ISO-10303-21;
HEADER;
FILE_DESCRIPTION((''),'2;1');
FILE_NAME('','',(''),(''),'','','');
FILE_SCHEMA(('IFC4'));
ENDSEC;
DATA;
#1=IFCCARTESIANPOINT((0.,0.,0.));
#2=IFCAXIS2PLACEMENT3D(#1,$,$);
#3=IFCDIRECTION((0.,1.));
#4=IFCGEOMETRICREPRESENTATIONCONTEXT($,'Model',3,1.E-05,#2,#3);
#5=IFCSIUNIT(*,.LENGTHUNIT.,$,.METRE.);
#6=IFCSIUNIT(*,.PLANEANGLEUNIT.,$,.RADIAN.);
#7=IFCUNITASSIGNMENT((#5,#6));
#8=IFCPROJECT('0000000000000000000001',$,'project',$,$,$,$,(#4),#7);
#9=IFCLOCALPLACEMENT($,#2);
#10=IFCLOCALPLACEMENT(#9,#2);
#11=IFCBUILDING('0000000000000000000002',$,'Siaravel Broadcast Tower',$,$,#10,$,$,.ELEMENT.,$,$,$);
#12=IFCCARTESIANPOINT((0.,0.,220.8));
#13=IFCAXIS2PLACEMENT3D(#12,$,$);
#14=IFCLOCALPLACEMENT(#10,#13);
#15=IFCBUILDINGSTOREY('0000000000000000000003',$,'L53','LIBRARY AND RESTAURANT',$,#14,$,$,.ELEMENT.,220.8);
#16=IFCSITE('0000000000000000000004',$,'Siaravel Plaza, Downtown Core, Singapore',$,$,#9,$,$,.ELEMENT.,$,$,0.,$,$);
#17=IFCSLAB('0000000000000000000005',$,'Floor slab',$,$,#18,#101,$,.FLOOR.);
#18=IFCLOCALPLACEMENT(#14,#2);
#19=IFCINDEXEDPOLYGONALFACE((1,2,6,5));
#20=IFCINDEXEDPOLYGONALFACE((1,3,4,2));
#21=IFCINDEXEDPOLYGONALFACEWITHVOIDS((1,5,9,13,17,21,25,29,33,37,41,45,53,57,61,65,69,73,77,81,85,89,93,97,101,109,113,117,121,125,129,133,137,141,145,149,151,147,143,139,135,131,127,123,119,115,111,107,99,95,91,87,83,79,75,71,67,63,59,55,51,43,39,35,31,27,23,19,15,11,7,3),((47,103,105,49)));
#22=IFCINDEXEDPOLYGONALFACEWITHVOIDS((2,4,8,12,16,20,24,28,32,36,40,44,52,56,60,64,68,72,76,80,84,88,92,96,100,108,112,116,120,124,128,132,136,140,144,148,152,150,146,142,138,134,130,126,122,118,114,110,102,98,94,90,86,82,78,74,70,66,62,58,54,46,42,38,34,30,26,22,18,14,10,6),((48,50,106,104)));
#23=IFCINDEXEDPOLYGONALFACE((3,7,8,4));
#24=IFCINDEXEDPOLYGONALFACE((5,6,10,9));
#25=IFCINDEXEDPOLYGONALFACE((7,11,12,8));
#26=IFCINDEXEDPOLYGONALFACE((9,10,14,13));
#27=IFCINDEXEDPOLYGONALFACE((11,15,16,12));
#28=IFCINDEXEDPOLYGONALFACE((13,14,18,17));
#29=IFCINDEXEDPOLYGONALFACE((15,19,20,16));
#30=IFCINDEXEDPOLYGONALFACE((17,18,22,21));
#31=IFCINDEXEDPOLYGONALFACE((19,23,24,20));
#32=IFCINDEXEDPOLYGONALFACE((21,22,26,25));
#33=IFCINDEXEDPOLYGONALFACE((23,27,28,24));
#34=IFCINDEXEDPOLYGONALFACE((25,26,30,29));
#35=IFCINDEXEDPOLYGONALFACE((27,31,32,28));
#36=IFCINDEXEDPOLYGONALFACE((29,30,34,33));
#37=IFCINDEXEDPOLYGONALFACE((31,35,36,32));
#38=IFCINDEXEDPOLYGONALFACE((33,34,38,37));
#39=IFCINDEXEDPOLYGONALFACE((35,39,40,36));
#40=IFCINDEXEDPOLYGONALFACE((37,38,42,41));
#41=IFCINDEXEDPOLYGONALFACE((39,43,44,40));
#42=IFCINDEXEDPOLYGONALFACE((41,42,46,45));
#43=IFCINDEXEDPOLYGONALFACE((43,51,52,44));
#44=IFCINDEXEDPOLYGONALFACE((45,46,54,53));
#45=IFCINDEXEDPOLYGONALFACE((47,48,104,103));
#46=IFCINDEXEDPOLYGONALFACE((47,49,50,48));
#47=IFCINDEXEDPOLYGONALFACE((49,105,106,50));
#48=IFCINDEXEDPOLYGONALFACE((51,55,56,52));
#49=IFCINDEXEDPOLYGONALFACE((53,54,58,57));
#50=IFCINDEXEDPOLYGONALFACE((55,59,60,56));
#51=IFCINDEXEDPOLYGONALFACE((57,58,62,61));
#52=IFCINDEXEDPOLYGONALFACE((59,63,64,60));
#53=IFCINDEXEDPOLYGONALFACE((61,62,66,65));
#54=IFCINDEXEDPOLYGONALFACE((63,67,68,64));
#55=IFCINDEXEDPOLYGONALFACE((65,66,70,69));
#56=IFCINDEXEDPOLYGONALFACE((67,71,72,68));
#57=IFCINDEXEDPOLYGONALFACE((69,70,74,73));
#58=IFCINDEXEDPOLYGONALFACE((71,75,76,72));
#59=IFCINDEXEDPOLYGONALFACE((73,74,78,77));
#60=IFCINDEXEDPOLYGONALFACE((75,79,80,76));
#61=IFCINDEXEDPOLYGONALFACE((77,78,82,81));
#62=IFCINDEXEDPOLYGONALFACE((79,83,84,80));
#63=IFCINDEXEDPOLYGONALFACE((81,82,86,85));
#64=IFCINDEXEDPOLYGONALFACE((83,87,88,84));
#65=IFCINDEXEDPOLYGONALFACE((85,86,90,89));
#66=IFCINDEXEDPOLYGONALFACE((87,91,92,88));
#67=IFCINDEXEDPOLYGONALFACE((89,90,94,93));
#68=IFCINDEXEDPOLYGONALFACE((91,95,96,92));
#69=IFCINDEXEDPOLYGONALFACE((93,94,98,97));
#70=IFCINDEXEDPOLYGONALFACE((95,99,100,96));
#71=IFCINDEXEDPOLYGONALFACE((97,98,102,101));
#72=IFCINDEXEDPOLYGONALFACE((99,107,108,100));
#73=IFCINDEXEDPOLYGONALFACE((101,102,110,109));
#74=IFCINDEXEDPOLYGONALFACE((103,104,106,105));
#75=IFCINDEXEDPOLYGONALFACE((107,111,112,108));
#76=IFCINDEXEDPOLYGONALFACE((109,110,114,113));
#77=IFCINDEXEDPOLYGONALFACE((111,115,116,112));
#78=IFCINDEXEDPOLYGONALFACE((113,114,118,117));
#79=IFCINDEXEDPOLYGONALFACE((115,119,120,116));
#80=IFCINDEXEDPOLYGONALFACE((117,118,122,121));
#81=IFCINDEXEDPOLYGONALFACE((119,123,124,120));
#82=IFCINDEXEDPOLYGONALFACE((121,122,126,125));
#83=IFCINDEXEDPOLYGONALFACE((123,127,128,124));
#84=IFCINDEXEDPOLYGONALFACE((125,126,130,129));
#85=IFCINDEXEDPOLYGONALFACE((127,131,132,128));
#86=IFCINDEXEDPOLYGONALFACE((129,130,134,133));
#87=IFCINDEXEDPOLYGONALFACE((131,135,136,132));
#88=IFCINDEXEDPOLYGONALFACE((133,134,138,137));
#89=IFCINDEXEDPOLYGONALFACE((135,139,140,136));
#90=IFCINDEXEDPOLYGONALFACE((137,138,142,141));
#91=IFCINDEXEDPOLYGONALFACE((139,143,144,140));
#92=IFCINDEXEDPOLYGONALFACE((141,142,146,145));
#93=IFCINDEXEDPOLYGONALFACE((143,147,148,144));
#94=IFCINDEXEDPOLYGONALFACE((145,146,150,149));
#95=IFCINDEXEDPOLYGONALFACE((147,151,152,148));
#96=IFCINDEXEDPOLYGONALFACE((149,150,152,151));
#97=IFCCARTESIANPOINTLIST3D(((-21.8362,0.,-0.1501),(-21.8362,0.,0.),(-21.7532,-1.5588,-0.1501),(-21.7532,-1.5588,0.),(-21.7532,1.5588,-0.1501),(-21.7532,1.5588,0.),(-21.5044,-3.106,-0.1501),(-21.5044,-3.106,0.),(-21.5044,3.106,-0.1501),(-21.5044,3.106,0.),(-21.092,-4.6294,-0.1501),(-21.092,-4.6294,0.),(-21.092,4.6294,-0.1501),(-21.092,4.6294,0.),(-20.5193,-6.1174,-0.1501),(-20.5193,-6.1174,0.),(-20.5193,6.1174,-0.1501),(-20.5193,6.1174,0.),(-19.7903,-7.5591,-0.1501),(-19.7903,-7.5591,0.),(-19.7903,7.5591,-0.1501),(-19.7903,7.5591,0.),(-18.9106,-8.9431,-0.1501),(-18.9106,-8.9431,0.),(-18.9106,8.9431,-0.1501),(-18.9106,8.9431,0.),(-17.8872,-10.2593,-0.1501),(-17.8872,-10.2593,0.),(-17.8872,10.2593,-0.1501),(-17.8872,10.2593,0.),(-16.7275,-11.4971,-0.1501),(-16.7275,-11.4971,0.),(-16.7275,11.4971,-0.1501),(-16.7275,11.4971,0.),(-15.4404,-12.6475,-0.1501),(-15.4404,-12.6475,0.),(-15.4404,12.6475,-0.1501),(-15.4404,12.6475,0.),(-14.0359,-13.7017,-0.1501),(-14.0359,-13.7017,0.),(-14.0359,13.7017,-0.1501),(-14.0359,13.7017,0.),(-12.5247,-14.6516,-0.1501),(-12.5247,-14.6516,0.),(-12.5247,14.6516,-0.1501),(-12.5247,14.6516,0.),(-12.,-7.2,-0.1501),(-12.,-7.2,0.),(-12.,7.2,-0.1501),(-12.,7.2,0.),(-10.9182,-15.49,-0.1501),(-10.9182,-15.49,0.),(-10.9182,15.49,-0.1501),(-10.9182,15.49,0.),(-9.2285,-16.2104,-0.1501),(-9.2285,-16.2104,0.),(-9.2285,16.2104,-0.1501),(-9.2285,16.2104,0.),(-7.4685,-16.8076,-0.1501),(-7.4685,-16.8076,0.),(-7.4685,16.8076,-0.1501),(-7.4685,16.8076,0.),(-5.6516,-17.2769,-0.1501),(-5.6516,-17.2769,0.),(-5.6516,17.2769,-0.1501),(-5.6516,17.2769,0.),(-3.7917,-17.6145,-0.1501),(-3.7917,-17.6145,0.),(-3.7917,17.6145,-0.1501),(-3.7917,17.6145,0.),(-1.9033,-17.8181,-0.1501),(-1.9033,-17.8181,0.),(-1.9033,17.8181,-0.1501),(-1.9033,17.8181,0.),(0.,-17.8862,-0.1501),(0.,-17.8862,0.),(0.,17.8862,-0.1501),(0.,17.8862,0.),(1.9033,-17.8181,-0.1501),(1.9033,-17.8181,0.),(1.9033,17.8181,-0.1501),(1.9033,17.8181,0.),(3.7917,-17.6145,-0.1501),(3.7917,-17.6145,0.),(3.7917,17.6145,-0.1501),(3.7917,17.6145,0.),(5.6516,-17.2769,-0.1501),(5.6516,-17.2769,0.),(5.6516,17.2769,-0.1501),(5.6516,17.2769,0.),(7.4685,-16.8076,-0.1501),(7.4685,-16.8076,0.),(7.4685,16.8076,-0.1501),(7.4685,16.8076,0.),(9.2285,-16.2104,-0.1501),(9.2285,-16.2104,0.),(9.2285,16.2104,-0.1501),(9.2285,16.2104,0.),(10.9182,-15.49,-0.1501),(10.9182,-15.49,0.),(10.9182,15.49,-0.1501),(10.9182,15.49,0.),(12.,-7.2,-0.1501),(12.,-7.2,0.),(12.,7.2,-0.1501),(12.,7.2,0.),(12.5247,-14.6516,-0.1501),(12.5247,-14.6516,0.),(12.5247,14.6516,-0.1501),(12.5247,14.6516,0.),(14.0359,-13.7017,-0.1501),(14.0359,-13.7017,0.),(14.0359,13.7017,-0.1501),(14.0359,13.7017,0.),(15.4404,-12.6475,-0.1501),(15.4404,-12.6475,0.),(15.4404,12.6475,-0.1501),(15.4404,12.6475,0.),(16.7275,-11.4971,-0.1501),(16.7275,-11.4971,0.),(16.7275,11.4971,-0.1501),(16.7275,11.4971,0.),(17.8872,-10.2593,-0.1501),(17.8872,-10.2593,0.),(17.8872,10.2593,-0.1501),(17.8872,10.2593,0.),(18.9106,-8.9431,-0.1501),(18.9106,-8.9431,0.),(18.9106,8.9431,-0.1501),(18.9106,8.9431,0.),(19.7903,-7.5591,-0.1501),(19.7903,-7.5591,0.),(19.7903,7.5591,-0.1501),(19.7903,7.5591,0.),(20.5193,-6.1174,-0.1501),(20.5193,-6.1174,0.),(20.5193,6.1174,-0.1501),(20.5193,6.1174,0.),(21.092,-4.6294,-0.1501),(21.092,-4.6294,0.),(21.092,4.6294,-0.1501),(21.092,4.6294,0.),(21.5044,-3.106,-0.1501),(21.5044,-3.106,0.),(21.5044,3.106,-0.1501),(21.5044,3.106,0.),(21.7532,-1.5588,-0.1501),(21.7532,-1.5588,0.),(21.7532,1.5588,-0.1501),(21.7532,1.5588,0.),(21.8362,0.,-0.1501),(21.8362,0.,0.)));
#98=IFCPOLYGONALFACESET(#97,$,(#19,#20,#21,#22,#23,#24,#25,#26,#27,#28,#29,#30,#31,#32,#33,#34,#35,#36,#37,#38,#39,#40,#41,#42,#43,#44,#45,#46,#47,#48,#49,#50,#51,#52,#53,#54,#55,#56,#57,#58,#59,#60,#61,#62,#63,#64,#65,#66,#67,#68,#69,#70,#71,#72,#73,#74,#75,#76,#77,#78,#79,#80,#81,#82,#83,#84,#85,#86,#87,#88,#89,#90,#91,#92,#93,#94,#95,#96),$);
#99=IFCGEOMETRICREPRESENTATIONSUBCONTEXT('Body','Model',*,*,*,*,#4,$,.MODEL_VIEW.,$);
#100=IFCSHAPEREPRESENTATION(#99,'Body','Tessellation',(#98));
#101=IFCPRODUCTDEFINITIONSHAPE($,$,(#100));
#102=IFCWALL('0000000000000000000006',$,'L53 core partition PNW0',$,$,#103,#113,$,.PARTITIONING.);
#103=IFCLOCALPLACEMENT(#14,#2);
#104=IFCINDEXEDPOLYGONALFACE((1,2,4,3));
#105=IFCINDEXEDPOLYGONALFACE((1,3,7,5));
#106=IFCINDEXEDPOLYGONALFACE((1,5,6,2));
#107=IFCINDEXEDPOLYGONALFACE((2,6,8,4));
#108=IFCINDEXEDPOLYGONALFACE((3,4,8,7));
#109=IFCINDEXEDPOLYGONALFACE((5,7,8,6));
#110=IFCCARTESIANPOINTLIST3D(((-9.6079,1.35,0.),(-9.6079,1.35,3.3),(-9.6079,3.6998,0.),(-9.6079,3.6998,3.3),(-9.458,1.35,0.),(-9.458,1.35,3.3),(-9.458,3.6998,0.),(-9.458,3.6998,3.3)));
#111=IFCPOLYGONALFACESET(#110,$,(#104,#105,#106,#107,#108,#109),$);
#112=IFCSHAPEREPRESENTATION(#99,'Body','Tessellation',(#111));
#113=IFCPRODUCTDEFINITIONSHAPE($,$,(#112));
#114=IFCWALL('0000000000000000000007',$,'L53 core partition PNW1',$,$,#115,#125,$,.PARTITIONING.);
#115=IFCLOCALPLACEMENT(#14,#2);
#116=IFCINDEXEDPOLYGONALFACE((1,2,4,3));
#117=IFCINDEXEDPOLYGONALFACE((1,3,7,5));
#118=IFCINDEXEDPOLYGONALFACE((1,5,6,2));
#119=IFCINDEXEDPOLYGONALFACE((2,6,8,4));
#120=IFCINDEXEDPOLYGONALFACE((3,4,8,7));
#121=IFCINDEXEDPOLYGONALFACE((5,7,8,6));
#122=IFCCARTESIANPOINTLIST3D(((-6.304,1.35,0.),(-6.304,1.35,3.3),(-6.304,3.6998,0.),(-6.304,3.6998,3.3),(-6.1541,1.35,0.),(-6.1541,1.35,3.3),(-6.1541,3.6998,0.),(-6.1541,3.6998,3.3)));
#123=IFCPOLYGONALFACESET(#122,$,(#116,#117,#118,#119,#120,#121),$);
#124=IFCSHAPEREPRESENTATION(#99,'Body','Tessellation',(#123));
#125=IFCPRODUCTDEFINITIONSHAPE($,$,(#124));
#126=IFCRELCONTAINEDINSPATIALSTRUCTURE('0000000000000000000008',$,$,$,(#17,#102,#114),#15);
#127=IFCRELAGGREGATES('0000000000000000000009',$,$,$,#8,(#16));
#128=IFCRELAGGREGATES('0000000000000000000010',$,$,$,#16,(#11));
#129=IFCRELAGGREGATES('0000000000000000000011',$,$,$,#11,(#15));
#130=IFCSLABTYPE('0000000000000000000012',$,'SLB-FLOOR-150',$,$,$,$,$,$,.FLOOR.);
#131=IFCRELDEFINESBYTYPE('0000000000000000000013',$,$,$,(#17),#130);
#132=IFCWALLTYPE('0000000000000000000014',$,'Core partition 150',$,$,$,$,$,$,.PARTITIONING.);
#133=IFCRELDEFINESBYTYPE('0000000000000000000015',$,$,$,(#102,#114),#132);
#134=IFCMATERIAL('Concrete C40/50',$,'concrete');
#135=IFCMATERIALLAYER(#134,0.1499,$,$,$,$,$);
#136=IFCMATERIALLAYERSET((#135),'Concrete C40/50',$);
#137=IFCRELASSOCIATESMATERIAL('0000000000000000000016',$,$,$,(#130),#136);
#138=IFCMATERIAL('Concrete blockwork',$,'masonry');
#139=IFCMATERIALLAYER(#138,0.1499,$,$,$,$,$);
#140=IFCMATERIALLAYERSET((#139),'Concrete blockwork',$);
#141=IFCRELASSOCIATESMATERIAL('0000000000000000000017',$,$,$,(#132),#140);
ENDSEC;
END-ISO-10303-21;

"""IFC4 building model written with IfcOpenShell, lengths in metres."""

from ifc_helpers import new_model, si_unit, direction, frame, frame_2d, origin, place, context, subcontext, project, spatial, polyline, rectangle, outline, extrude, material, layer, layer_set, type_object, element, save


model = new_model("IFC4")

# Units and contexts
model_context = context("Model", 3, precision=1e-05, world=origin(), true_north=direction((0.0, 1.0)))
body_context = subcontext(model_context, "Body", "Model", "MODEL_VIEW")
ifc_project = project(units=[si_unit("LENGTHUNIT", "METRE"), si_unit("PLANEANGLEUNIT", "RADIAN")], contexts=[model_context])

# Site, building, storey
site_placement = place(None, origin())
site = spatial("IfcSite", under=ifc_project, at=site_placement, Name="Siaravel Plaza, Downtown Core, Singapore", CompositionType="ELEMENT", RefElevation=0.0)
building_placement = place(site_placement, origin())
building = spatial("IfcBuilding", under=site, at=building_placement, Name="Siaravel Broadcast Tower", CompositionType="ELEMENT")
storey_placement = place(building_placement, frame((0.0, 0.0, 220.8)))
storey = spatial("IfcBuildingStorey", under=building, at=storey_placement, Name="L53", Description="LIBRARY AND RESTAURANT", CompositionType="ELEMENT", Elevation=220.8)

# Slab
ifc_material_1 = material(Name="Concrete C40/50", Category="concrete")
ifc_layer_1 = layer(ifc_material_1, 0.1499)
ifc_layer_set_1 = layer_set([ifc_layer_1], Name="Concrete C40/50")
slab_type = type_object("IfcSlabType", Name="SLB-FLOOR-150", PredefinedType="FLOOR", material=ifc_layer_set_1)
slab_placement = place(storey_placement, frame((0.0, 0.0, -0.1501)))
element("IfcSlab", 1, at=slab_placement, inside=storey, type_object=slab_type, Name="Floor slab", PredefinedType="FLOOR", context=body_context, shape_type="SweptSolid", body=[
    extrude(outline(polyline([(21.8362, 0.0), (21.7532, 1.5588), (21.5044, 3.106), (21.092, 4.6294), (20.5193, 6.1174), (19.7903, 7.5591), (18.9106, 8.9431), (17.8872, 10.2593), (16.7275, 11.4971), (15.4404, 12.6475), (14.0359, 13.7017), (12.5247, 14.6516), (10.9182, 15.49), (9.2285, 16.2104), (7.4685, 16.8076), (5.6516, 17.2769), (3.7917, 17.6145), (1.9033, 17.8181), (0.0, 17.8862), (-1.9033, 17.8181), (-3.7917, 17.6145), (-5.6516, 17.2769), (-7.4685, 16.8076), (-9.2285, 16.2104), (-10.9182, 15.49), (-12.5247, 14.6516), (-14.0359, 13.7017), (-15.4404, 12.6475), (-16.7275, 11.4971), (-17.8872, 10.2593), (-18.9106, 8.9431), (-19.7903, 7.5591), (-20.5193, 6.1174), (-21.092, 4.6294), (-21.5044, 3.106), (-21.7532, 1.5588), (-21.8362, 0.0), (-21.7532, -1.5588), (-21.5044, -3.106), (-21.092, -4.6294), (-20.5193, -6.1174), (-19.7903, -7.5591), (-18.9106, -8.9431), (-17.8872, -10.2593), (-16.7275, -11.4971), (-15.4404, -12.6475), (-14.0359, -13.7017), (-12.5247, -14.6516), (-10.9182, -15.49), (-9.2285, -16.2104), (-7.4685, -16.8076), (-5.6516, -17.2769), (-3.7917, -17.6145), (-1.9033, -17.8181), (0.0, -17.8862), (1.9033, -17.8181), (3.7917, -17.6145), (5.6516, -17.2769), (7.4685, -16.8076), (9.2285, -16.2104), (10.9182, -15.49), (12.5247, -14.6516), (14.0359, -13.7017), (15.4404, -12.6475), (16.7275, -11.4971), (17.8872, -10.2593), (18.9106, -8.9431), (19.7903, -7.5591), (20.5193, -6.1174), (21.092, -4.6294), (21.5044, -3.106), (21.7532, -1.5588), (21.8362, 0.0)]), holes=[polyline([(-12.0, 7.2), (12.0, 7.2), (12.0, -7.2), (-12.0, -7.2), (-12.0, 7.2)])]), origin(), (0.0, 0.0, 1.0), 0.1501),
])

# Walls
ifc_material_2 = material(Name="Concrete blockwork", Category="masonry")
ifc_layer_2 = layer(ifc_material_2, 0.1499)
ifc_layer_set_2 = layer_set([ifc_layer_2], Name="Concrete blockwork")
wall_type_1 = type_object("IfcWallType", Name="Core partition 150", PredefinedType="PARTITIONING", material=ifc_layer_set_2)
for number, where, z_axis, x_axis, name in (
    (2, (-9.533, 1.3501, 0.0), (0.0, 0.0, 1.0), (0.0, 1.0, 0.0), "L53 core partition PNW0"),
    (3, (-6.229, 1.3501, 0.0), (0.0, 0.0, 1.0), (0.0, 1.0, 0.0), "L53 core partition PNW1"),
):
    element("IfcWall", number, at=place(storey_placement, frame(where, z_axis=z_axis, x_axis=x_axis)), inside=storey, type_object=wall_type_1, Name=name, PredefinedType="PARTITIONING", context=body_context, shape_type="SweptSolid", body=[
        extrude(rectangle(XDim=2.3499, YDim=0.1499, at=frame_2d((1.1748, 0.0))), origin(), (0.0, 0.0, 1.0), 3.3),
    ])

save(model, "model.ifc")
